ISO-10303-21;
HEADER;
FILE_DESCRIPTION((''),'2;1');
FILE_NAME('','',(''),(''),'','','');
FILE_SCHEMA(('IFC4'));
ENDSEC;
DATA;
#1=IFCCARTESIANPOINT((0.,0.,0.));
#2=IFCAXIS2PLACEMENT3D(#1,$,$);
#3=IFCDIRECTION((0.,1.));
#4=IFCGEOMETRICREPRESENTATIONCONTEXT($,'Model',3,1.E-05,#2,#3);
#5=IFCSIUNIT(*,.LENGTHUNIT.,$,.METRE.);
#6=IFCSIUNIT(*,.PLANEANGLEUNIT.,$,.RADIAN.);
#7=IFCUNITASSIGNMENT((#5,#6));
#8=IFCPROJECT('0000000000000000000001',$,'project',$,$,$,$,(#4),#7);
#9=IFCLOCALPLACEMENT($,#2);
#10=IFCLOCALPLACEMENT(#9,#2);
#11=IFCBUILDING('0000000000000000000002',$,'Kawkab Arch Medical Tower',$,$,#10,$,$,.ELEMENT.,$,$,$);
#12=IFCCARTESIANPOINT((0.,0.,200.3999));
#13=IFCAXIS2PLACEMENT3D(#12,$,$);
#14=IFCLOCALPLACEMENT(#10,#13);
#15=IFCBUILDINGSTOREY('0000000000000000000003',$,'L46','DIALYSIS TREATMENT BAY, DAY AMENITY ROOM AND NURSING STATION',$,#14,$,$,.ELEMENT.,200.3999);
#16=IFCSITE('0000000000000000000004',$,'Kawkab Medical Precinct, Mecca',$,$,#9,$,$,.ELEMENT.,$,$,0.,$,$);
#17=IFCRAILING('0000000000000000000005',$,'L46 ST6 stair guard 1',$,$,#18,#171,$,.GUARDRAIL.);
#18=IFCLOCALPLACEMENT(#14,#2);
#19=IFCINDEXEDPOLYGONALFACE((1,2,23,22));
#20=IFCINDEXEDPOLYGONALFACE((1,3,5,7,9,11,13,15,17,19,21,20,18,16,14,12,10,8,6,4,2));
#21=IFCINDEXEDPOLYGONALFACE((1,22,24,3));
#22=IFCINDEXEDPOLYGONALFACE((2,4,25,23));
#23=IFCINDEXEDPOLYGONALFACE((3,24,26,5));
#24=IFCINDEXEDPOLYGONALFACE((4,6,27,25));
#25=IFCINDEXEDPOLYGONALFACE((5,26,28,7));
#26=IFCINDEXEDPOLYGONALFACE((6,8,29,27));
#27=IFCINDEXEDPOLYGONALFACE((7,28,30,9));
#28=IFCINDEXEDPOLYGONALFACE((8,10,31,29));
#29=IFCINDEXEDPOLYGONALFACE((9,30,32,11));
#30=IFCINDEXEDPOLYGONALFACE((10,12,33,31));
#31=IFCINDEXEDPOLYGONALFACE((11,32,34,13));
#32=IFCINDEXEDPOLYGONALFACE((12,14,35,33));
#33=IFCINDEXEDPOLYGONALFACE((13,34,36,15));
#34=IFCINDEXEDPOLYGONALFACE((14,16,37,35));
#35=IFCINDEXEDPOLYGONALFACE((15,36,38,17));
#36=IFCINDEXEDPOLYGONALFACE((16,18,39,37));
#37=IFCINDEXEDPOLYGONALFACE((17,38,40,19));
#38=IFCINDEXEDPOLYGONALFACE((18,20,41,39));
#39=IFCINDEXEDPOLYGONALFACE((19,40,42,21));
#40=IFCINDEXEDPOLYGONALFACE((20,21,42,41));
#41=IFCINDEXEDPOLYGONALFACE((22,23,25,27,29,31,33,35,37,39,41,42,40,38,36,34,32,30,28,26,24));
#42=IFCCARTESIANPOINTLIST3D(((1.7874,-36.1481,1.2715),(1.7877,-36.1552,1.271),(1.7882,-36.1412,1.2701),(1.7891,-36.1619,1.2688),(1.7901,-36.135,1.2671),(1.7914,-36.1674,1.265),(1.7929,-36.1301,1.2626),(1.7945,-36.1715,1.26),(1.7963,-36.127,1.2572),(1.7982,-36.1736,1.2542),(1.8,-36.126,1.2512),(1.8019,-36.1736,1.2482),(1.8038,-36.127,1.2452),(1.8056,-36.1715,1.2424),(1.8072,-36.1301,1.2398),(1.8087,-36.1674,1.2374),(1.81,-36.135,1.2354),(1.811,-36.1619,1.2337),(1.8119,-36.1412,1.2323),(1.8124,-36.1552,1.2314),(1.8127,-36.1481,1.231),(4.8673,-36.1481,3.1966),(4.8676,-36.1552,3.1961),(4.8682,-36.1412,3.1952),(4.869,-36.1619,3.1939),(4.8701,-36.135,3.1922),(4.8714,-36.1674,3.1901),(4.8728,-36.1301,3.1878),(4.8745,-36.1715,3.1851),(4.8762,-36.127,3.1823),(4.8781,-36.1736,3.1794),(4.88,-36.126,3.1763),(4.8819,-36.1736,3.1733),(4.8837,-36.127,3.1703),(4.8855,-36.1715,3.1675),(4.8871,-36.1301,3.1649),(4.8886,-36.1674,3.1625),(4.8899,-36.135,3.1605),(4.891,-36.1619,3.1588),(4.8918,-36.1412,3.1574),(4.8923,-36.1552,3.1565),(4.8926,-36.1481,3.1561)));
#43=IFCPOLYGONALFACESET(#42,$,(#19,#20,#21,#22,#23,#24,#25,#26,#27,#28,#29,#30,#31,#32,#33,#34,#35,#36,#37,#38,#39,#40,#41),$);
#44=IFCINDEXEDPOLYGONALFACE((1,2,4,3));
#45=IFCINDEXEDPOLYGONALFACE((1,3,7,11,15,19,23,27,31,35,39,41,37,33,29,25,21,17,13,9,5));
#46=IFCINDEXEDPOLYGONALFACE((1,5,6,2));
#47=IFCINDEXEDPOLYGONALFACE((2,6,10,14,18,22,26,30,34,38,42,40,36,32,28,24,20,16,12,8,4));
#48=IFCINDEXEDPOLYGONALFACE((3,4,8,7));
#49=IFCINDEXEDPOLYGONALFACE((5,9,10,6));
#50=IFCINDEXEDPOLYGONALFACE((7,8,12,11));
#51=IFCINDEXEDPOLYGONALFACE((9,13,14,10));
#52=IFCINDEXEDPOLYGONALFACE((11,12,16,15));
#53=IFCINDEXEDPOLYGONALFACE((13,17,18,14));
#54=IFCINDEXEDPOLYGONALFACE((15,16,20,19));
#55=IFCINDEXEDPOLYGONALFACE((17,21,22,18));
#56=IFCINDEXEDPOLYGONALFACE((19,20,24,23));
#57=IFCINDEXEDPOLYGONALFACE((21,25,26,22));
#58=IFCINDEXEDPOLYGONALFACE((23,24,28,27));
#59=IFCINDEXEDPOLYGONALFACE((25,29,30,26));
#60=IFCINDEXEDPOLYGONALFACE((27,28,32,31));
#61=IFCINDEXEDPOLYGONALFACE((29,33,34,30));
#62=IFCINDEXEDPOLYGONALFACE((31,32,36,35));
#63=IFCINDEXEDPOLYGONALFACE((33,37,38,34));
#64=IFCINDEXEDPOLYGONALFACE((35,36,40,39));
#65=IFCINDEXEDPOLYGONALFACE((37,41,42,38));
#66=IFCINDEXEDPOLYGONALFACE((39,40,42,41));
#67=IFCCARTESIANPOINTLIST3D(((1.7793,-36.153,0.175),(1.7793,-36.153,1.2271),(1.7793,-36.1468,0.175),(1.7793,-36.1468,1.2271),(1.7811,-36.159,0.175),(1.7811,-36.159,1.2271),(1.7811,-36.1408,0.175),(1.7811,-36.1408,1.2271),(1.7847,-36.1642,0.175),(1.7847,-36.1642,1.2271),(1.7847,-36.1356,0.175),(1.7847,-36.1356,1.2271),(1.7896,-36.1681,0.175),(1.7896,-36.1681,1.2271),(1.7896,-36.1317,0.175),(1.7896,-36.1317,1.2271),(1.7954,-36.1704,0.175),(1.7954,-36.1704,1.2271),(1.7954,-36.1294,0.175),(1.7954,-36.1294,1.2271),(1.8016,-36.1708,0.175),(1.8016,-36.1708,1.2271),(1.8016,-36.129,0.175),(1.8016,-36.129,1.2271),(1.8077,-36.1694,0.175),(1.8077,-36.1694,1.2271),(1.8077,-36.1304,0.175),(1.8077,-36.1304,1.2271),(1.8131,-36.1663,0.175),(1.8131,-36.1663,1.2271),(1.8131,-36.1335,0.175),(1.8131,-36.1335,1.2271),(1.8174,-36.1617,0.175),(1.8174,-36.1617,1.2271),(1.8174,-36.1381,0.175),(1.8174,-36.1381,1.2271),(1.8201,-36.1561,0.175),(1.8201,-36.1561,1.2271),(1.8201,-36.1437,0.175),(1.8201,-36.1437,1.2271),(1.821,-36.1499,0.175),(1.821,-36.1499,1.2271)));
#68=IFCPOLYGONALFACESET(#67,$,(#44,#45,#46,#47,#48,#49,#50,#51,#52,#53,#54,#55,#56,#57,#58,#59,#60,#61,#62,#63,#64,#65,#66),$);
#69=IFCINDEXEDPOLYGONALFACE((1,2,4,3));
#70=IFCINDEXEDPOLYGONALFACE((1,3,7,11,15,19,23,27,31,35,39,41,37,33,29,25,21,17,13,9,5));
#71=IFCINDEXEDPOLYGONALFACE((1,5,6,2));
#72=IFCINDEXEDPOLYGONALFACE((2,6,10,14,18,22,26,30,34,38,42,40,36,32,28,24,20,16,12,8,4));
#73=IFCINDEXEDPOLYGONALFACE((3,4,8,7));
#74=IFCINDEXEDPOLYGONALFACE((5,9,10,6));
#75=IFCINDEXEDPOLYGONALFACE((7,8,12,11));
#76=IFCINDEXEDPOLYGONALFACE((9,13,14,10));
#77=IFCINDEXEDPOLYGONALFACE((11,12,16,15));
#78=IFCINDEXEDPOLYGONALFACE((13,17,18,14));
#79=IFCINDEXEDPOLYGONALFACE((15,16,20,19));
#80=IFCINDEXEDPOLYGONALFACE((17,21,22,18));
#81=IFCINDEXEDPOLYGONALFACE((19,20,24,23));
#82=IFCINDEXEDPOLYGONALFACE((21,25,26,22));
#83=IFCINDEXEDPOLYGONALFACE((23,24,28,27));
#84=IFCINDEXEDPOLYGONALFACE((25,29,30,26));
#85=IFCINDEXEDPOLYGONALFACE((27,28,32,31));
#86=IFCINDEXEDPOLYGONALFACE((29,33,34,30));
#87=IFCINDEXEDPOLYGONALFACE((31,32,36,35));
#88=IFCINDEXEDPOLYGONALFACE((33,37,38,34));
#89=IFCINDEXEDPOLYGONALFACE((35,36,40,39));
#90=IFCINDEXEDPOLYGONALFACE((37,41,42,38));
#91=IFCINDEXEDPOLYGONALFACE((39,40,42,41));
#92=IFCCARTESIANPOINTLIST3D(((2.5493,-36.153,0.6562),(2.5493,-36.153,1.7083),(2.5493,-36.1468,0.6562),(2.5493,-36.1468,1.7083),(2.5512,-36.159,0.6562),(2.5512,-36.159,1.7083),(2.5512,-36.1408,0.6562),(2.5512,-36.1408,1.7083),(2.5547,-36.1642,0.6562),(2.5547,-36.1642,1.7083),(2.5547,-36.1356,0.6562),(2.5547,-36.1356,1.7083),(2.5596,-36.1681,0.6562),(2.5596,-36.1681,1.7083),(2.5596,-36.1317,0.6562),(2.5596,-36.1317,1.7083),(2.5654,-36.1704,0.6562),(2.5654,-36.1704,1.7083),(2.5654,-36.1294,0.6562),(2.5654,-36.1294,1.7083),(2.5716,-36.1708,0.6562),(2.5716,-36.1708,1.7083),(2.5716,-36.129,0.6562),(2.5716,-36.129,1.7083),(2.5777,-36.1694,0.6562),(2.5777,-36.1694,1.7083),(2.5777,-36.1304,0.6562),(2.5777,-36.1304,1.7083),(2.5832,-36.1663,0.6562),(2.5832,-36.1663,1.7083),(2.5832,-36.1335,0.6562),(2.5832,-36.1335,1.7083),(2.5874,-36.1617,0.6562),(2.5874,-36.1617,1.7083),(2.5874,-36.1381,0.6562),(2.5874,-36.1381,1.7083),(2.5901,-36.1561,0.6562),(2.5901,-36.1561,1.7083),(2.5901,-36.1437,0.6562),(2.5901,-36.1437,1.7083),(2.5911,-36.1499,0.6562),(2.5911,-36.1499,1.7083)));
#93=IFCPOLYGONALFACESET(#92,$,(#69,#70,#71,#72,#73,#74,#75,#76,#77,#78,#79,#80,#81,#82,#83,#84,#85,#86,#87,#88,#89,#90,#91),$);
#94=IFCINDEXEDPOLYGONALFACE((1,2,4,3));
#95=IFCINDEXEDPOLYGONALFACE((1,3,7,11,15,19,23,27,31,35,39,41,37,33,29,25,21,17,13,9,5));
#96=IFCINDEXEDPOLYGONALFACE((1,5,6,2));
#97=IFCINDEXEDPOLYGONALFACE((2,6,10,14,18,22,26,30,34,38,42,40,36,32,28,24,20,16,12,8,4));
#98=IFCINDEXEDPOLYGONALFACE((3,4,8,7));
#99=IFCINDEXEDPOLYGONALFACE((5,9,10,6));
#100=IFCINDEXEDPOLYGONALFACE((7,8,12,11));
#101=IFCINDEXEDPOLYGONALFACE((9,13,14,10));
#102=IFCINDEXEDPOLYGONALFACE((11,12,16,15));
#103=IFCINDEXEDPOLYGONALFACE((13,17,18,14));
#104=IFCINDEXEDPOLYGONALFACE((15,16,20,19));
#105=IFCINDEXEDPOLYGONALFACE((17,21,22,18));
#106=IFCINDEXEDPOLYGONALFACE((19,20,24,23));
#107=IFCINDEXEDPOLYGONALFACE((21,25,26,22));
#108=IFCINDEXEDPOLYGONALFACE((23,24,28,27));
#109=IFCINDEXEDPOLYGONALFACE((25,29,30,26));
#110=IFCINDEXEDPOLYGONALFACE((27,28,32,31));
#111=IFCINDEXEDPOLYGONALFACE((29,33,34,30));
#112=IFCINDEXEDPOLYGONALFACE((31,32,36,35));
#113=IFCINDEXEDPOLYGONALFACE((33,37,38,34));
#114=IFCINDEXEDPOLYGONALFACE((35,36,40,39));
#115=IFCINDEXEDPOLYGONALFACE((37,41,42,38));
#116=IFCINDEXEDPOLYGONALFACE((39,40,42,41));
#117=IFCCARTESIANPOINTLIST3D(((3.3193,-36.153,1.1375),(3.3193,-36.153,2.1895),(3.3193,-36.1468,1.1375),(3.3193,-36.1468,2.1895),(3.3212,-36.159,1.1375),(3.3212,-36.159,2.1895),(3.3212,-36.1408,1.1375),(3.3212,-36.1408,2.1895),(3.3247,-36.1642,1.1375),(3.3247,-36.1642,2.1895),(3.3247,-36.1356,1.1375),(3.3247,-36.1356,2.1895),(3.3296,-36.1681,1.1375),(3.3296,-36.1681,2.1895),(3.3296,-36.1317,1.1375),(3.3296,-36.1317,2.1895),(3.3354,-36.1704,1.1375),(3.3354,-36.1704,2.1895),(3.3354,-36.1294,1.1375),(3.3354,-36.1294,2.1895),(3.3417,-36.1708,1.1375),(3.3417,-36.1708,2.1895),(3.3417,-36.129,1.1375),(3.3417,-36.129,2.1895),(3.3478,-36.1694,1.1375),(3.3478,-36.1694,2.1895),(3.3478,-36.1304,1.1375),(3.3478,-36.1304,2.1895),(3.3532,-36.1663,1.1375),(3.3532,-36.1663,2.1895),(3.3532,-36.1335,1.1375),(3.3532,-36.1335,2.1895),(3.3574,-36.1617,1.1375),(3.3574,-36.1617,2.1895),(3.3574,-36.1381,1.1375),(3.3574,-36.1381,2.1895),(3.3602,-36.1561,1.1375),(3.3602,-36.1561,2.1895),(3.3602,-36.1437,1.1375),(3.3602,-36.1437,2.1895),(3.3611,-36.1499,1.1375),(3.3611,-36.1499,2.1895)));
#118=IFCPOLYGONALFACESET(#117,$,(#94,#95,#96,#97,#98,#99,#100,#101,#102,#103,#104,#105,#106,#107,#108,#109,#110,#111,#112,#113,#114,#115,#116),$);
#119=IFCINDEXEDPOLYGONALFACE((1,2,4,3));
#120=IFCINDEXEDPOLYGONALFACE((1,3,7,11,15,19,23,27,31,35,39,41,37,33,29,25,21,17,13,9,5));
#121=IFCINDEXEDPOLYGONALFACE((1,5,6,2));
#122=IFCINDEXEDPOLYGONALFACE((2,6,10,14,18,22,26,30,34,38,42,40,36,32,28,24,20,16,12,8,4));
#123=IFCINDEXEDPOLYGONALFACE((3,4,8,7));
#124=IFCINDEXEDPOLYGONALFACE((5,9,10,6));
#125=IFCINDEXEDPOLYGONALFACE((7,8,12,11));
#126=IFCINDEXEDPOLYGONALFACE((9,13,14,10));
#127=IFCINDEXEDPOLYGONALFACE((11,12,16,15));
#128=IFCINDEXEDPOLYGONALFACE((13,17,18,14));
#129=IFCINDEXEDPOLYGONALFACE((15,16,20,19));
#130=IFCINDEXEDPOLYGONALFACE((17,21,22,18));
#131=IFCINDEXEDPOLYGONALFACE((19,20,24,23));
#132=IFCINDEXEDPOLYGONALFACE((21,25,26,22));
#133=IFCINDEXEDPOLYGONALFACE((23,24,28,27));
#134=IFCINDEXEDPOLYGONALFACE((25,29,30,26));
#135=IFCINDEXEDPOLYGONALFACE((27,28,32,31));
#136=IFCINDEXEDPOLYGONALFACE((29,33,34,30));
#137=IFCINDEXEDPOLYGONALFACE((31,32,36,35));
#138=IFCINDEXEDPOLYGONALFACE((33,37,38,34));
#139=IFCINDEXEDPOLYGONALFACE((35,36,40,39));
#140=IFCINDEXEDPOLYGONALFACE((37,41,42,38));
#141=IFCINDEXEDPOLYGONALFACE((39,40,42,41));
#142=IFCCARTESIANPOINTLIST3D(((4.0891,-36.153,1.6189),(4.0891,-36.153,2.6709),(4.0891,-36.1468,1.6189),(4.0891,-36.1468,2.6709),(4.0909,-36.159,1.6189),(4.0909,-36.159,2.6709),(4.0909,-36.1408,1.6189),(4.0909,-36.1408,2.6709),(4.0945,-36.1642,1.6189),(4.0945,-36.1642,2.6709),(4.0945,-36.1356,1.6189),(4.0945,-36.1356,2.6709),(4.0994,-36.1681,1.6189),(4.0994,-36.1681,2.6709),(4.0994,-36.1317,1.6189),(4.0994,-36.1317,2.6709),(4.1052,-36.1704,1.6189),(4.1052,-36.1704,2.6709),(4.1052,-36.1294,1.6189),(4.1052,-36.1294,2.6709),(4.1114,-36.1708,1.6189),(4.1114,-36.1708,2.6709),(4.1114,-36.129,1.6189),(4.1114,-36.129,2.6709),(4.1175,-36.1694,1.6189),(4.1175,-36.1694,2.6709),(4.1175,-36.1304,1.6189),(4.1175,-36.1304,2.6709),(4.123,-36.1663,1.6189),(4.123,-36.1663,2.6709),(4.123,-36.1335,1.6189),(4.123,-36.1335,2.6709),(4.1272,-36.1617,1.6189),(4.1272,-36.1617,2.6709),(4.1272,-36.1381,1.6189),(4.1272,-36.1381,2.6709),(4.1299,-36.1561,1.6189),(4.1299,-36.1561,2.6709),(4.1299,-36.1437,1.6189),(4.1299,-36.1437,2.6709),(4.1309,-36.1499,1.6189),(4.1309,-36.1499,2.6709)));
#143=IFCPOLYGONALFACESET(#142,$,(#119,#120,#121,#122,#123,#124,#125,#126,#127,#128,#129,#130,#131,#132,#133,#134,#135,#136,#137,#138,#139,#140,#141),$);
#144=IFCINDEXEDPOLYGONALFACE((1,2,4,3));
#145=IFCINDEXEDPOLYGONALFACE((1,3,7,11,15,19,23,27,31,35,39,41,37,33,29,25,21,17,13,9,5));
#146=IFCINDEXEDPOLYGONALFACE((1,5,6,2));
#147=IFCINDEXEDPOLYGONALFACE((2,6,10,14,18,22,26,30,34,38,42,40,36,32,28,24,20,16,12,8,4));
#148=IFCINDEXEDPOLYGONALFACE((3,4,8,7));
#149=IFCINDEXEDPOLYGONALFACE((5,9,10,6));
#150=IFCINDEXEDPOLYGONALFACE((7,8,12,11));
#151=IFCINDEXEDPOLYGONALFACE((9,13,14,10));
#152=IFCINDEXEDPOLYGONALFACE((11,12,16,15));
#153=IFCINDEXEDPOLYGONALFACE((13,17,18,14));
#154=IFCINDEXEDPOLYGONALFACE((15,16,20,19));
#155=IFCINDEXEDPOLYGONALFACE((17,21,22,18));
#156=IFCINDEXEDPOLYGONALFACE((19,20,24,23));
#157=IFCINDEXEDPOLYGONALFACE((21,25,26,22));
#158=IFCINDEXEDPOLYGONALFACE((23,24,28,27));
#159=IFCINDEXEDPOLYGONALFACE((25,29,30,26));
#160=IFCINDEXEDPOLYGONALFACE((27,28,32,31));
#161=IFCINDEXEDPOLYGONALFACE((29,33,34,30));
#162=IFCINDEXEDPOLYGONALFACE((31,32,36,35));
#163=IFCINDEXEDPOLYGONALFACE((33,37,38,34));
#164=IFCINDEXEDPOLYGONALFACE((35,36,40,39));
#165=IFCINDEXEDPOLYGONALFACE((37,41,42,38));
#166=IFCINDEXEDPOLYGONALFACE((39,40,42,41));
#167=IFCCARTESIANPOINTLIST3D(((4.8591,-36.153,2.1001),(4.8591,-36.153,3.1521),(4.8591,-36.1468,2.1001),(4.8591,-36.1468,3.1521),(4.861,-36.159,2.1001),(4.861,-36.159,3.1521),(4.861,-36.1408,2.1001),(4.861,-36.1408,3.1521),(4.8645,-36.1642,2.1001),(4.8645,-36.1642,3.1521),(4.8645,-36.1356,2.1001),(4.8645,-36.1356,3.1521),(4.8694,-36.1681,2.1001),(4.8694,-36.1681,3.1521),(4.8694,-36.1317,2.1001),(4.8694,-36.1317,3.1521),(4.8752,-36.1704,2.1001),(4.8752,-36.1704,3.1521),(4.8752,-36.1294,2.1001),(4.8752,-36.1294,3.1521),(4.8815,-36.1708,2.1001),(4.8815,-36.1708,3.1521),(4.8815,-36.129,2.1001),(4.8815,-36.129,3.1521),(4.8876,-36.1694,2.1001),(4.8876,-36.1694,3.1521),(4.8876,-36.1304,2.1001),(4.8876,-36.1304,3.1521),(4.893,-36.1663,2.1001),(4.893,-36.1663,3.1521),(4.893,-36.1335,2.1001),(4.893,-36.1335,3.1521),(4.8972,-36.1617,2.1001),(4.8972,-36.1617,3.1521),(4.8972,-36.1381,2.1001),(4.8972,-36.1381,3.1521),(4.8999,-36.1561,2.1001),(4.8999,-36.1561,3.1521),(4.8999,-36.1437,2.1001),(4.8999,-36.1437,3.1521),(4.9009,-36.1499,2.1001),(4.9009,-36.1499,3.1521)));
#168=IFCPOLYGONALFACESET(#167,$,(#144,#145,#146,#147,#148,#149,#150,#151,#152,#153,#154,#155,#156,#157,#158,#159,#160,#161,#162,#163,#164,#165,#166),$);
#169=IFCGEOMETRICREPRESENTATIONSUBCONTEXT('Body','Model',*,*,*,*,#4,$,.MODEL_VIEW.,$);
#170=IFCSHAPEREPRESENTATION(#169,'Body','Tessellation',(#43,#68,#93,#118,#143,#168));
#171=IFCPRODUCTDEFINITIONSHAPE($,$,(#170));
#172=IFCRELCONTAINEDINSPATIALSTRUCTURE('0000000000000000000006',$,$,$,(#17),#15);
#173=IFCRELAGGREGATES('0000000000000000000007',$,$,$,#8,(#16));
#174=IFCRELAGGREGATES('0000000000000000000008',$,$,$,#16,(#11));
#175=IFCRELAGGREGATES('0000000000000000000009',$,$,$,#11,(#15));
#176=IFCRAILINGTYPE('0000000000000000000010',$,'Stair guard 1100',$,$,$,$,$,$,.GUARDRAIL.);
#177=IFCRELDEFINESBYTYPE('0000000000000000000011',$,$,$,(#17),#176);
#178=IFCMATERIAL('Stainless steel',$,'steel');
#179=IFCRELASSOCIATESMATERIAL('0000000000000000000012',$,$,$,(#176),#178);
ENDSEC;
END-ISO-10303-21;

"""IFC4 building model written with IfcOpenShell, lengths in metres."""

from ifc_helpers import new_model, si_unit, direction, frame, origin, origin_2d, place, context, subcontext, project, spatial, circle, extrude, material, type_object, element, save


model = new_model("IFC4")

# Units and contexts
model_context = context("Model", 3, precision=1e-05, world=origin(), true_north=direction((0.0, 1.0)))
body_context = subcontext(model_context, "Body", "Model", "MODEL_VIEW")
ifc_project = project(units=[si_unit("LENGTHUNIT", "METRE"), si_unit("PLANEANGLEUNIT", "RADIAN")], contexts=[model_context])

# Site, building, storey
site_placement = place(None, origin())
site = spatial("IfcSite", under=ifc_project, at=site_placement, Name="Kawkab Medical Precinct, Mecca", CompositionType="ELEMENT", RefElevation=0.0)
building_placement = place(site_placement, origin())
building = spatial("IfcBuilding", under=site, at=building_placement, Name="Kawkab Arch Medical Tower", CompositionType="ELEMENT")
storey_placement = place(building_placement, frame((0.0, 0.0, 200.3999)))
storey = spatial("IfcBuildingStorey", under=building, at=storey_placement, Name="L46", Description="DIALYSIS TREATMENT BAY, DAY AMENITY ROOM AND NURSING STATION", CompositionType="ELEMENT", Elevation=200.3999)

# Railing
ifc_material_1 = material(Name="Stainless steel", Category="steel")
railing_type_1 = type_object("IfcRailingType", Name="Stair guard 1100", PredefinedType="GUARDRAIL", material=ifc_material_1)
railing_1_placement = place(storey_placement, frame((1.8, -36.1499, 0.175)))
element("IfcRailing", 1, at=railing_1_placement, inside=storey, type_object=railing_type_1, Name="L46 ST6 stair guard 1", PredefinedType="GUARDRAIL", context=body_context, shape_type="SweptSolid", body=[
    extrude(circle(Radius=0.0239, at=origin_2d()), frame((0.0, 0.0, 1.0762), z_axis=(0.847979, 0.0, 0.530029), x_axis=(0.0, 1.0, 0.0)), (0.0, 0.0, 1.0), 3.6321),
    extrude(circle(Radius=0.021, at=origin_2d()), origin(), (0.0, 0.0, 1.0), 1.052),
    extrude(circle(Radius=0.021, at=origin_2d()), frame((0.77, 0.0, 0.4812)), (0.0, 0.0, 1.0), 1.052),
    extrude(circle(Radius=0.021, at=origin_2d()), frame((1.54, 0.0, 0.9624)), (0.0, 0.0, 1.0), 1.052),
    extrude(circle(Radius=0.021, at=origin_2d()), frame((2.3098, 0.0, 1.4438)), (0.0, 0.0, 1.0), 1.052),
    extrude(circle(Radius=0.021, at=origin_2d()), frame((3.0798, 0.0, 1.925)), (0.0, 0.0, 1.0), 1.052),
])

save(model, "model.ifc")
